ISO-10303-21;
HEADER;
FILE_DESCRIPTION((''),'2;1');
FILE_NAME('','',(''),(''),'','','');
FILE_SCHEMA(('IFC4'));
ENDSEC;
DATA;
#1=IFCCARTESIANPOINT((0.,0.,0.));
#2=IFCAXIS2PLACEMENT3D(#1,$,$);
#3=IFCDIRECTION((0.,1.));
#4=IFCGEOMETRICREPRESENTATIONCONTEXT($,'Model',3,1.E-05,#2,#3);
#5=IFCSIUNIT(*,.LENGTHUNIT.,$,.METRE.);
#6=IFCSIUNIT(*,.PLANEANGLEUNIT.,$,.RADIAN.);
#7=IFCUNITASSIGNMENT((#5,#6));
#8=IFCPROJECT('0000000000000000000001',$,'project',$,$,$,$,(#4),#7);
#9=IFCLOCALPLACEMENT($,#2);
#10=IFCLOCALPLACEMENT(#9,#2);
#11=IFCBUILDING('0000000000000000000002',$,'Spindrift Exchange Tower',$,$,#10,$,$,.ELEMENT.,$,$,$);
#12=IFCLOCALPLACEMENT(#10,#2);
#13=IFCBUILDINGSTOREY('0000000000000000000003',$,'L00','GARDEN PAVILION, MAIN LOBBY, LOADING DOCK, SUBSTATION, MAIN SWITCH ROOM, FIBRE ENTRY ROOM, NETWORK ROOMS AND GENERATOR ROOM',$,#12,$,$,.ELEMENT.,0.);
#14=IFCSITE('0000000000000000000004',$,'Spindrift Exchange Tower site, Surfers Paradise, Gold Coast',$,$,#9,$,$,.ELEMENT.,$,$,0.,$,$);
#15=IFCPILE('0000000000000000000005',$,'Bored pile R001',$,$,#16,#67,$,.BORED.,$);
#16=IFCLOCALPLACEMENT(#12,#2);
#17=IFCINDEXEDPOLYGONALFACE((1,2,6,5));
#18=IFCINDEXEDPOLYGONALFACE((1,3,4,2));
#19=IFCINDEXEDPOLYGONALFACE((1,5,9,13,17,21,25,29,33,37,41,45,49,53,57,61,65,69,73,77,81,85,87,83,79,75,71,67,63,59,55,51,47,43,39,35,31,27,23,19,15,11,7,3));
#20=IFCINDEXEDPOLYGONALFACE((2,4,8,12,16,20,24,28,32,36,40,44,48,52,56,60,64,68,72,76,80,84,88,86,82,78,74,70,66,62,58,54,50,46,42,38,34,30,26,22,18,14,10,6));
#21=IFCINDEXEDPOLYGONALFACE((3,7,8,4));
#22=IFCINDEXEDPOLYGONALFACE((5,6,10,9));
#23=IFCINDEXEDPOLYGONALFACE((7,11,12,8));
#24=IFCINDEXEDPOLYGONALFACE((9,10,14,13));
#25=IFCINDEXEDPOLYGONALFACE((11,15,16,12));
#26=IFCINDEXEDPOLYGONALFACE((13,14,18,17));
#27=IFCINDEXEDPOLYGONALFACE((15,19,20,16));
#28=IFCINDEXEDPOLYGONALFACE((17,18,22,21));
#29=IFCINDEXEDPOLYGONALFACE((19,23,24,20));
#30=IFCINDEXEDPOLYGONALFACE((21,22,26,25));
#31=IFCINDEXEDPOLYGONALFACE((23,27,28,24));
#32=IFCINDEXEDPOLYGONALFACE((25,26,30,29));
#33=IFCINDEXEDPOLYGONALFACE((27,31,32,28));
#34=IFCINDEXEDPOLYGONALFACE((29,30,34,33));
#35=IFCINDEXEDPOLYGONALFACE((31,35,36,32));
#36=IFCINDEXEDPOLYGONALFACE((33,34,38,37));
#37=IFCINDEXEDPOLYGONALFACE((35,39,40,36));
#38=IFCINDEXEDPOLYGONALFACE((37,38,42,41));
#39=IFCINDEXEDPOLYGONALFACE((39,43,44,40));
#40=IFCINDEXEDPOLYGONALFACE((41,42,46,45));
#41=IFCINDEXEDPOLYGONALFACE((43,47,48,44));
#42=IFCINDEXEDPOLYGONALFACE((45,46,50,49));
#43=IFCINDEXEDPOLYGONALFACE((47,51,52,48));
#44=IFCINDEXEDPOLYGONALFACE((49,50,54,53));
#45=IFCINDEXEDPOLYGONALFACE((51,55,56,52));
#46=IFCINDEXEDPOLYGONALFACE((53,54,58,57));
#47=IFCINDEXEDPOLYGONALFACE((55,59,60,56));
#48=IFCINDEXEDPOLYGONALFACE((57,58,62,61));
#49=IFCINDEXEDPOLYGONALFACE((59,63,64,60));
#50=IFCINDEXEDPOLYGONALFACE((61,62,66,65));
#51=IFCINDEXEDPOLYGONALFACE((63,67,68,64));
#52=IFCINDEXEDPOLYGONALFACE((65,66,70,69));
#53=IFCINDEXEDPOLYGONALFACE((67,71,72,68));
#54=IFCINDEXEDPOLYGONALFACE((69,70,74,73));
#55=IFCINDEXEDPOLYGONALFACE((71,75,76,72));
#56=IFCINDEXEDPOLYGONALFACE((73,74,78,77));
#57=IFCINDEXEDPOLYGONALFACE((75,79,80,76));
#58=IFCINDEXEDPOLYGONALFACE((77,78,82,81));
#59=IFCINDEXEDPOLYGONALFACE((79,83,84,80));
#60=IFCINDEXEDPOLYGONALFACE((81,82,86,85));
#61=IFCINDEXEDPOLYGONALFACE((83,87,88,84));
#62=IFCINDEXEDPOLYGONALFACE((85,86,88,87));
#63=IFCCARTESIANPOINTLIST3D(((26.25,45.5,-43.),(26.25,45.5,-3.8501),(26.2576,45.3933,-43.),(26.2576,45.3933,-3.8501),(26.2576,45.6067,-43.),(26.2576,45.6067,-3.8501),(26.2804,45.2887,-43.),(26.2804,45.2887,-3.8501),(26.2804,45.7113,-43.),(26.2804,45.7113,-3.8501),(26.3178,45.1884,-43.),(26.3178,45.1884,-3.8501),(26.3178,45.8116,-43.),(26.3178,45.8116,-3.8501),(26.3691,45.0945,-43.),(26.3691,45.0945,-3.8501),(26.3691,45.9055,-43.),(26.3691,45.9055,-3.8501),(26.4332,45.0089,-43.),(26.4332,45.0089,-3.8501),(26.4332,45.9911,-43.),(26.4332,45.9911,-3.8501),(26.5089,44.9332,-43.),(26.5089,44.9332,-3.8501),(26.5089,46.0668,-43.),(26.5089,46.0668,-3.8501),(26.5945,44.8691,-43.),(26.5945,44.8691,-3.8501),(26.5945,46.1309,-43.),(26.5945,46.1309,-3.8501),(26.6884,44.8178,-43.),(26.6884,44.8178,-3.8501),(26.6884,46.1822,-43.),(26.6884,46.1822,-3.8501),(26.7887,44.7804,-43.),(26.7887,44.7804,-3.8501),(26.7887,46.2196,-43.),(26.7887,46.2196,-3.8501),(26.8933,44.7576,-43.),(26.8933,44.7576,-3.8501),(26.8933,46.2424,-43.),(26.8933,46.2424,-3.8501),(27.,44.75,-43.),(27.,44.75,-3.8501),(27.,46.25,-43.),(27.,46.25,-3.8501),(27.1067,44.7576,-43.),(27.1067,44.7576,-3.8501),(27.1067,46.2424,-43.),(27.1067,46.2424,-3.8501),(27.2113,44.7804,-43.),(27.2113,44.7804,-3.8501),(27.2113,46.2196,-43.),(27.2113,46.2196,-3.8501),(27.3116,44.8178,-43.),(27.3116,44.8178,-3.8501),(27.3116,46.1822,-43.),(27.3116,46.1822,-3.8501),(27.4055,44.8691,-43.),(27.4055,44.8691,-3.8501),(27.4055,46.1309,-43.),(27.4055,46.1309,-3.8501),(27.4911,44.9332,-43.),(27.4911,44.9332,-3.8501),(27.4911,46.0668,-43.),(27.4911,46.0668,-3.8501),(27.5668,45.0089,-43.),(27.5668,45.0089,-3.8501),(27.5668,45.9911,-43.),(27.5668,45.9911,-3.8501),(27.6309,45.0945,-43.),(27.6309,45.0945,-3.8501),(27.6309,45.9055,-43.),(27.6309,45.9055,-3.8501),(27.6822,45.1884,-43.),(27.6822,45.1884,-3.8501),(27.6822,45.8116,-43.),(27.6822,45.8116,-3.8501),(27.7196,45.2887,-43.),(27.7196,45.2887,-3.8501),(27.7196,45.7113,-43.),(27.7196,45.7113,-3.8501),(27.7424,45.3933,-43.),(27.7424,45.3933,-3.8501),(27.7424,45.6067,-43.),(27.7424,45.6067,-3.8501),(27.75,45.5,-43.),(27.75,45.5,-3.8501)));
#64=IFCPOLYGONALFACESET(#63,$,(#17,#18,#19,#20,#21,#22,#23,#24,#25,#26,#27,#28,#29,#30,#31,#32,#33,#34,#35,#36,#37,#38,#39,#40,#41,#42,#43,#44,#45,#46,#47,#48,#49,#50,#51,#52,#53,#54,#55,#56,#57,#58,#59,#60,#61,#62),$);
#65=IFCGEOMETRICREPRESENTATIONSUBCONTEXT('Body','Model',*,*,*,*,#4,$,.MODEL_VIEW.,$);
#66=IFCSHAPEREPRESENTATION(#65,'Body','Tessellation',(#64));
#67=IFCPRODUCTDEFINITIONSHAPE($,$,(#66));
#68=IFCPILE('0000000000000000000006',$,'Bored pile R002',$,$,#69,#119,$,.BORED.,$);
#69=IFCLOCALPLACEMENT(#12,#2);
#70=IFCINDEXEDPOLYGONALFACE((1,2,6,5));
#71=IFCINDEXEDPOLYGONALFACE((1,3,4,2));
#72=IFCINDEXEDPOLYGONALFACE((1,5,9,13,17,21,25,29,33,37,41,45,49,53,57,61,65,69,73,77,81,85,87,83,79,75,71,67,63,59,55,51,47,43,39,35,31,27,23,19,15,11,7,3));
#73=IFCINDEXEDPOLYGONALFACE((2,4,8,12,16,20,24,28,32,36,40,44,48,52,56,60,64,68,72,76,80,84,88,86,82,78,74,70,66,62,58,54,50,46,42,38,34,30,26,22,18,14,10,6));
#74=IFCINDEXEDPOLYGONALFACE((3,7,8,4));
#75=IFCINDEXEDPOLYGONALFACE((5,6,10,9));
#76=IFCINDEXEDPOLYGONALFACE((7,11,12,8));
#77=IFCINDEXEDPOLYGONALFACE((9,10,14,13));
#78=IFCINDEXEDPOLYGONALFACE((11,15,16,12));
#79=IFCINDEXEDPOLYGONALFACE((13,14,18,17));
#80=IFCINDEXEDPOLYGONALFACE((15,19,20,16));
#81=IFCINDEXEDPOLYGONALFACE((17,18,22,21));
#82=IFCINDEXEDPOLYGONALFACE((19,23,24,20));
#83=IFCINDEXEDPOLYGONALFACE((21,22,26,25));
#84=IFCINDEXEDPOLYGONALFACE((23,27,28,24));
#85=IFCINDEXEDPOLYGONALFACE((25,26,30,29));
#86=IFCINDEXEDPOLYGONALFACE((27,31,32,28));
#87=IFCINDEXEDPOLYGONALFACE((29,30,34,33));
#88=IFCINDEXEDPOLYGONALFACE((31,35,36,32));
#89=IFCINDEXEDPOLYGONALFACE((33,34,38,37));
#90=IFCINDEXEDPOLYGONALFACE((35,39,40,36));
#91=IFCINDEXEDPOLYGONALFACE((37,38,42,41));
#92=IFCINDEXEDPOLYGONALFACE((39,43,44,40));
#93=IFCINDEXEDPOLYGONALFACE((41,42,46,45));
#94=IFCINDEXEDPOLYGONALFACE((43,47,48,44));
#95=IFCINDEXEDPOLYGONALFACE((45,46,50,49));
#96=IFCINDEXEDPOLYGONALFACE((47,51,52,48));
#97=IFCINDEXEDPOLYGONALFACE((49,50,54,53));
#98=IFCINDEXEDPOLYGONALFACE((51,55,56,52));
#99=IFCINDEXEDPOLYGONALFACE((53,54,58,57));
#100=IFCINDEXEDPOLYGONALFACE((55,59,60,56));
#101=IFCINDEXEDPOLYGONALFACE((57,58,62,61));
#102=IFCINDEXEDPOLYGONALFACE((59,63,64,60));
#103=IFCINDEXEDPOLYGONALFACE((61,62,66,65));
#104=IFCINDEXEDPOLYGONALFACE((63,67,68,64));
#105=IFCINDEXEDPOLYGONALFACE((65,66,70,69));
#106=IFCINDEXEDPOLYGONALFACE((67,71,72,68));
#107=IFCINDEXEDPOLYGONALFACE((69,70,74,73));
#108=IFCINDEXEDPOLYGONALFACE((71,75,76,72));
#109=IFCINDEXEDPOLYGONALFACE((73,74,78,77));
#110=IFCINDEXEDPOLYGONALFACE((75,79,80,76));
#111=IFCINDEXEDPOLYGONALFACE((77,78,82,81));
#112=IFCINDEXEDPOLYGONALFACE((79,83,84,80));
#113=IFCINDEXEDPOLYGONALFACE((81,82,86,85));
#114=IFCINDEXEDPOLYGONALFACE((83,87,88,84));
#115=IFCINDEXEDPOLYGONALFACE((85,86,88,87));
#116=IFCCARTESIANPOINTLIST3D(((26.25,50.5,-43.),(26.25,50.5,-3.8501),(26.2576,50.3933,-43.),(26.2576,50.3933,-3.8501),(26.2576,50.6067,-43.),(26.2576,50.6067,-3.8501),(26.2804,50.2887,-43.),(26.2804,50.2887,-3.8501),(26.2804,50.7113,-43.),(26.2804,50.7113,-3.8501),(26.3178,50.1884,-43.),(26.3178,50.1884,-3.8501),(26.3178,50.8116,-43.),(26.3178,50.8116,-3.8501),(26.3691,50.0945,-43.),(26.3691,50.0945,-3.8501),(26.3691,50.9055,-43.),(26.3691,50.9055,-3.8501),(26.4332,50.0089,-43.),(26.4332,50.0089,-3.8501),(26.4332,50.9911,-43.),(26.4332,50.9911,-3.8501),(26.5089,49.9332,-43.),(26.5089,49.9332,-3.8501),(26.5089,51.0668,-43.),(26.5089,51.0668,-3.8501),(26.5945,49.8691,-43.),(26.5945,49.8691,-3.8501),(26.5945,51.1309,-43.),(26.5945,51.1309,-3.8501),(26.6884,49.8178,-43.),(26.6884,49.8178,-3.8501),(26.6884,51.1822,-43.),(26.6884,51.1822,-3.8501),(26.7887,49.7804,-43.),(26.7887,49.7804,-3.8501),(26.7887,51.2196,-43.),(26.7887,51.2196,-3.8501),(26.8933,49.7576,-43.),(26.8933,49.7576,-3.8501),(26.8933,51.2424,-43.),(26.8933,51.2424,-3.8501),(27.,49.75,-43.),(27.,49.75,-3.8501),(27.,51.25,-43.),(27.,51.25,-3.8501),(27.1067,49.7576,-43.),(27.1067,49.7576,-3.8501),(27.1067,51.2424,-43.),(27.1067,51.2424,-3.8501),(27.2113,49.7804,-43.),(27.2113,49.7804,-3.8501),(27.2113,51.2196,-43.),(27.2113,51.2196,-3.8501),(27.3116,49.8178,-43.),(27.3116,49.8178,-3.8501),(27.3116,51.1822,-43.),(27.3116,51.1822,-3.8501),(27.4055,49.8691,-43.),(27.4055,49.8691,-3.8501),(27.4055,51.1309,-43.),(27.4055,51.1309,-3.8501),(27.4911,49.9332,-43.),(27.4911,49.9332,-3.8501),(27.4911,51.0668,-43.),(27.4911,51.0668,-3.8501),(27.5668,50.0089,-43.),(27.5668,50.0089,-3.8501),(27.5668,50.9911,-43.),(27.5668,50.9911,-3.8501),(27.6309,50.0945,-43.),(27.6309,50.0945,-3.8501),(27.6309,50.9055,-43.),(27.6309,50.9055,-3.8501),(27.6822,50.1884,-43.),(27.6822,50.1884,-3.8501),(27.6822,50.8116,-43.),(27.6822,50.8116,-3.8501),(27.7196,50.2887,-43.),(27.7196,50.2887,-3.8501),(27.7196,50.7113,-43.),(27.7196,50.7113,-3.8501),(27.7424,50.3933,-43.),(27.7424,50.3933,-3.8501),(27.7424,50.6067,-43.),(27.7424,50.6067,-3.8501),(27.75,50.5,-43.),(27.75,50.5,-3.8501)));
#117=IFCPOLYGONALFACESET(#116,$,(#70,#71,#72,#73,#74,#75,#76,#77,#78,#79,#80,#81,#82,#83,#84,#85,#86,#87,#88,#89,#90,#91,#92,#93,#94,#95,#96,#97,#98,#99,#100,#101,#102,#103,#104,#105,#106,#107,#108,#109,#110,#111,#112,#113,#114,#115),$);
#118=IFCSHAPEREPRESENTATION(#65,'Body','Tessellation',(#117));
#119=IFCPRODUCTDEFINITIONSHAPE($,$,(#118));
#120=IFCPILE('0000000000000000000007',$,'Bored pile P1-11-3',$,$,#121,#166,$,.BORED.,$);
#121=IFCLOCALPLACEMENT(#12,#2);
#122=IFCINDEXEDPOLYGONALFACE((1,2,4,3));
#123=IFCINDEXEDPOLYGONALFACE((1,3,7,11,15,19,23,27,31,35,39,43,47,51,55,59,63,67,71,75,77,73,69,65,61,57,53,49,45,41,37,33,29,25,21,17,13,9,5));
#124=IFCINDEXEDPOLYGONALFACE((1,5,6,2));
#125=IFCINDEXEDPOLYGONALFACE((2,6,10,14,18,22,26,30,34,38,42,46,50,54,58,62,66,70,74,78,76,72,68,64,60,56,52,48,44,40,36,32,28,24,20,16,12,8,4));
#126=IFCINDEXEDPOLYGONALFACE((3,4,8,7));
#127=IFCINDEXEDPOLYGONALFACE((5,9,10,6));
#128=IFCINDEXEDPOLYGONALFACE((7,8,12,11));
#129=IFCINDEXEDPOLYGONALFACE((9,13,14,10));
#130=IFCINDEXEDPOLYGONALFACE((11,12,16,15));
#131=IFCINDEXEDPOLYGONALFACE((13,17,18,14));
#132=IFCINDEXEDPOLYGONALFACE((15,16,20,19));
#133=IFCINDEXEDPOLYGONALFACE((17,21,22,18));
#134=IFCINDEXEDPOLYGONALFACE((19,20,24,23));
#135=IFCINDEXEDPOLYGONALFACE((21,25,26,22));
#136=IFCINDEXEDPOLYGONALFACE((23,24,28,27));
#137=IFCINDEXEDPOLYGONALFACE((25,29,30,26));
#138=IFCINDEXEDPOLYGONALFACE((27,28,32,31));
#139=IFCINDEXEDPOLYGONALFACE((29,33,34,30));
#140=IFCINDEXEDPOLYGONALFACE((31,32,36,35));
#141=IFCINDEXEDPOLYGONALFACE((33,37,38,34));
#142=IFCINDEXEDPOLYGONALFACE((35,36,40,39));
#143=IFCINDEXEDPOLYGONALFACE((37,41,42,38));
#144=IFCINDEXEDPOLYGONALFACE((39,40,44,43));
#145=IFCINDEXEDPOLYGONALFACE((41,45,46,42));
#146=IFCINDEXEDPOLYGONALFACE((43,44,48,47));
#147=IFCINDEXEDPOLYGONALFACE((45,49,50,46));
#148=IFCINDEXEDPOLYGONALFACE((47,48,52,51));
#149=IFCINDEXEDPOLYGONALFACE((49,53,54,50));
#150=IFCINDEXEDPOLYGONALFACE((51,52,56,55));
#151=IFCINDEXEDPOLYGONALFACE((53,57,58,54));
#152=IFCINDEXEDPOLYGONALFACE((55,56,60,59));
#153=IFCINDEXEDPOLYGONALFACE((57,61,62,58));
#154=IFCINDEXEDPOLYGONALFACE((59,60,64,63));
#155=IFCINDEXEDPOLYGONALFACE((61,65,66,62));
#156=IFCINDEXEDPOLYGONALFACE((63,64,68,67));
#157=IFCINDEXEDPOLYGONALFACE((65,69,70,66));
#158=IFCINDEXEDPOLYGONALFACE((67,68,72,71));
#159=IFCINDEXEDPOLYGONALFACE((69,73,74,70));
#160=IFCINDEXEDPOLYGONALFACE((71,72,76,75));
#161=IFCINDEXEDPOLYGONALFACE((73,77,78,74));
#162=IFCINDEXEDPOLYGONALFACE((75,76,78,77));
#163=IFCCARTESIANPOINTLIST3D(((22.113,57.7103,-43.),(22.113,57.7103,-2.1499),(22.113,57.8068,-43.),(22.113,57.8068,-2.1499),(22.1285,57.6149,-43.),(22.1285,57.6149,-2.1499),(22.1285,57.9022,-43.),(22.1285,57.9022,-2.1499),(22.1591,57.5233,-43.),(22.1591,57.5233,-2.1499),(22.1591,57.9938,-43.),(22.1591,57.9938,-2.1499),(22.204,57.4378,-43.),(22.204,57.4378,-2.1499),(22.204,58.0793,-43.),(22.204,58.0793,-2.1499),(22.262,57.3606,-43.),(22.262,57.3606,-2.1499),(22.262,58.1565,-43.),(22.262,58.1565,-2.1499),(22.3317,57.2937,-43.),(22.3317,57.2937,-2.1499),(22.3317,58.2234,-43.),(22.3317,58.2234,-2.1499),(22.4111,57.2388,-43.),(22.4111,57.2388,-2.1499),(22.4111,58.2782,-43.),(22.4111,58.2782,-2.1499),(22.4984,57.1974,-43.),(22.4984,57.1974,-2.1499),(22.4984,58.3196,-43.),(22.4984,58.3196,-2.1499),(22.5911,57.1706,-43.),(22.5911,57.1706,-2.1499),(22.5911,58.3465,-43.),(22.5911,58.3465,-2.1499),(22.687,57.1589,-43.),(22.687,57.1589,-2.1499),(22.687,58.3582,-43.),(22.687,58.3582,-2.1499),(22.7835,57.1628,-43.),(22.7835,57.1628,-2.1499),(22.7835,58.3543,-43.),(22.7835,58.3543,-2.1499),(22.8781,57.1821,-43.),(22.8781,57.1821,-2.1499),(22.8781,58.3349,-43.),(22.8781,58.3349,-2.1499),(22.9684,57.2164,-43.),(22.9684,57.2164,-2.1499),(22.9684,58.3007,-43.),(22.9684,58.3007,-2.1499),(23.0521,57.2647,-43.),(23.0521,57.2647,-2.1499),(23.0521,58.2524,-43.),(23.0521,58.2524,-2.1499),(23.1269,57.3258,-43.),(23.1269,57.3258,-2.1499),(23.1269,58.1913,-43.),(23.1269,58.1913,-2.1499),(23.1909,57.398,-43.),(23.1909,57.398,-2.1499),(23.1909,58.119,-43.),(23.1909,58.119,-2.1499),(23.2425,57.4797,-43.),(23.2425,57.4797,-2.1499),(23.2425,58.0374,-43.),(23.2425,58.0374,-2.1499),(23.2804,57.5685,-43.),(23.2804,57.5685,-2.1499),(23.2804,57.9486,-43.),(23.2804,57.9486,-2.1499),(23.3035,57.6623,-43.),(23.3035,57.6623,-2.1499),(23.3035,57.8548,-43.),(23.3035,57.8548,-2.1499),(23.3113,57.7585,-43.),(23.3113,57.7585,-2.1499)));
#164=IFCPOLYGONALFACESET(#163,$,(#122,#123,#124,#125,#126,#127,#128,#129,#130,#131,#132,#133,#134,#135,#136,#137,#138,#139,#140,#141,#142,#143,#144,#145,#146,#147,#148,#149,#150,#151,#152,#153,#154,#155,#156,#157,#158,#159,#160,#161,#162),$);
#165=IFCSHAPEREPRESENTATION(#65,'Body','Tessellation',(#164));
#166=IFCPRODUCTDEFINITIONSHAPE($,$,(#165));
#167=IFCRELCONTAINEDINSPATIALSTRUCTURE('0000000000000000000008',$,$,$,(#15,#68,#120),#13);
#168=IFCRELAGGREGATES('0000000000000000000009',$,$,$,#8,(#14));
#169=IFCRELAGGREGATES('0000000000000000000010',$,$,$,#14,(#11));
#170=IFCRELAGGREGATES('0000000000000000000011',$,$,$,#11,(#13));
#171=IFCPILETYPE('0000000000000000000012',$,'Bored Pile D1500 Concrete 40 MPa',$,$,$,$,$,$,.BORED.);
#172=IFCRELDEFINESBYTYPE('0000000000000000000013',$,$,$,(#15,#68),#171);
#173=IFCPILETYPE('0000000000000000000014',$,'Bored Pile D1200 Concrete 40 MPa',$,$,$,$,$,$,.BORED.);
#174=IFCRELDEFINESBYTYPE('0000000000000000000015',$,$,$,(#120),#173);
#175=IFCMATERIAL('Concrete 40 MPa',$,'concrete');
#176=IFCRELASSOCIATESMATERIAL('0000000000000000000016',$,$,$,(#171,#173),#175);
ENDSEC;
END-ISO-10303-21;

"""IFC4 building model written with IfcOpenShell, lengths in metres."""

from ifc_helpers import new_model, si_unit, direction, frame, origin, origin_2d, place, context, subcontext, project, spatial, circle, extrude, source, transform, mapped, material, material_profile, profile_set, type_object, element, save


model = new_model("IFC4")

# Units and contexts
model_context = context("Model", 3, precision=1e-05, world=origin(), true_north=direction((0.0, 1.0)))
body_context = subcontext(model_context, "Body", "Model", "MODEL_VIEW")
ifc_project = project(units=[si_unit("LENGTHUNIT", "METRE"), si_unit("PLANEANGLEUNIT", "RADIAN")], contexts=[model_context])

# Site, building, storey
site_placement = place(None, origin())
site = spatial("IfcSite", under=ifc_project, at=site_placement, Name="Spindrift Exchange Tower site, Surfers Paradise, Gold Coast", CompositionType="ELEMENT", RefElevation=0.0)
building_placement = place(site_placement, origin())
building = spatial("IfcBuilding", under=site, at=building_placement, Name="Spindrift Exchange Tower", CompositionType="ELEMENT")
storey_placement = place(building_placement, origin())
storey = spatial("IfcBuildingStorey", under=building, at=storey_placement, Name="L00", Description="GARDEN PAVILION, MAIN LOBBY, LOADING DOCK, SUBSTATION, MAIN SWITCH ROOM, FIBRE ENTRY ROOM, NETWORK ROOMS AND GENERATOR ROOM", CompositionType="ELEMENT", Elevation=0.0)

# Piles
ifc_material_1 = material(Name="Concrete 40 MPa", Category="concrete")
ifc_material_profile_1 = material_profile(ifc_material_1, circle(Radius=0.75, at=origin_2d()), Name="BP D1500")
ifc_profile_set_1 = profile_set([ifc_material_profile_1], Name="Concrete 40 MPa")
pile_type_1 = type_object("IfcPileType", Name="Bored Pile D1500 Concrete 40 MPa", PredefinedType="BORED", material=ifc_profile_set_1)
shared_shape_1 = source(origin(), body_context, "Body", "SweptSolid", [
    extrude(circle(Radius=0.75, at=origin_2d()), origin(), (0.0, 0.0, 1.0), 39.1499),
])
for number, where, z_axis, x_axis, name in (
    (1, (27.0, 45.5, -3.8501), (0.0, 0.0, -1.0), (1.0, 0.0, 0.0), "Bored pile R001"),
    (2, (27.0, 50.5, -3.8501), (0.0, 0.0, -1.0), (1.0, 0.0, 0.0), "Bored pile R002"),
):
    element("IfcPile", number, at=place(storey_placement, frame(where, z_axis=z_axis, x_axis=x_axis)), inside=storey, type_object=pile_type_1, Name=name, PredefinedType="BORED", context=body_context, shape_type="MappedRepresentation", body=[
        mapped(shared_shape_1, transform((0.0, 0.0, 0.0), scale=1.0)),
    ])
ifc_material_profile_2 = material_profile(ifc_material_1, circle(Radius=0.6001, at=origin_2d()), Name="BP D1200")
ifc_profile_set_2 = profile_set([ifc_material_profile_2], Name="Concrete 40 MPa")
pile_type_2 = type_object("IfcPileType", Name="Bored Pile D1200 Concrete 40 MPa", PredefinedType="BORED", material=ifc_profile_set_2)
shared_shape_2 = source(origin(), body_context, "Body", "SweptSolid", [
    extrude(circle(Radius=0.6001, at=origin_2d()), origin(), (0.0, 0.0, 1.0), 40.8501),
])
for number, where, z_axis, x_axis, name in (
    (3, (22.7112, 57.7585, -2.1499), (0.0, 0.0, -1.0), (1.0, 0.0, 0.0), "Bored pile P1-11-3"),
):
    element("IfcPile", number, at=place(storey_placement, frame(where, z_axis=z_axis, x_axis=x_axis)), inside=storey, type_object=pile_type_2, Name=name, PredefinedType="BORED", context=body_context, shape_type="MappedRepresentation", body=[
        mapped(shared_shape_2, transform((0.0, 0.0, 0.0), scale=1.0)),
    ])

save(model, "model.ifc")
